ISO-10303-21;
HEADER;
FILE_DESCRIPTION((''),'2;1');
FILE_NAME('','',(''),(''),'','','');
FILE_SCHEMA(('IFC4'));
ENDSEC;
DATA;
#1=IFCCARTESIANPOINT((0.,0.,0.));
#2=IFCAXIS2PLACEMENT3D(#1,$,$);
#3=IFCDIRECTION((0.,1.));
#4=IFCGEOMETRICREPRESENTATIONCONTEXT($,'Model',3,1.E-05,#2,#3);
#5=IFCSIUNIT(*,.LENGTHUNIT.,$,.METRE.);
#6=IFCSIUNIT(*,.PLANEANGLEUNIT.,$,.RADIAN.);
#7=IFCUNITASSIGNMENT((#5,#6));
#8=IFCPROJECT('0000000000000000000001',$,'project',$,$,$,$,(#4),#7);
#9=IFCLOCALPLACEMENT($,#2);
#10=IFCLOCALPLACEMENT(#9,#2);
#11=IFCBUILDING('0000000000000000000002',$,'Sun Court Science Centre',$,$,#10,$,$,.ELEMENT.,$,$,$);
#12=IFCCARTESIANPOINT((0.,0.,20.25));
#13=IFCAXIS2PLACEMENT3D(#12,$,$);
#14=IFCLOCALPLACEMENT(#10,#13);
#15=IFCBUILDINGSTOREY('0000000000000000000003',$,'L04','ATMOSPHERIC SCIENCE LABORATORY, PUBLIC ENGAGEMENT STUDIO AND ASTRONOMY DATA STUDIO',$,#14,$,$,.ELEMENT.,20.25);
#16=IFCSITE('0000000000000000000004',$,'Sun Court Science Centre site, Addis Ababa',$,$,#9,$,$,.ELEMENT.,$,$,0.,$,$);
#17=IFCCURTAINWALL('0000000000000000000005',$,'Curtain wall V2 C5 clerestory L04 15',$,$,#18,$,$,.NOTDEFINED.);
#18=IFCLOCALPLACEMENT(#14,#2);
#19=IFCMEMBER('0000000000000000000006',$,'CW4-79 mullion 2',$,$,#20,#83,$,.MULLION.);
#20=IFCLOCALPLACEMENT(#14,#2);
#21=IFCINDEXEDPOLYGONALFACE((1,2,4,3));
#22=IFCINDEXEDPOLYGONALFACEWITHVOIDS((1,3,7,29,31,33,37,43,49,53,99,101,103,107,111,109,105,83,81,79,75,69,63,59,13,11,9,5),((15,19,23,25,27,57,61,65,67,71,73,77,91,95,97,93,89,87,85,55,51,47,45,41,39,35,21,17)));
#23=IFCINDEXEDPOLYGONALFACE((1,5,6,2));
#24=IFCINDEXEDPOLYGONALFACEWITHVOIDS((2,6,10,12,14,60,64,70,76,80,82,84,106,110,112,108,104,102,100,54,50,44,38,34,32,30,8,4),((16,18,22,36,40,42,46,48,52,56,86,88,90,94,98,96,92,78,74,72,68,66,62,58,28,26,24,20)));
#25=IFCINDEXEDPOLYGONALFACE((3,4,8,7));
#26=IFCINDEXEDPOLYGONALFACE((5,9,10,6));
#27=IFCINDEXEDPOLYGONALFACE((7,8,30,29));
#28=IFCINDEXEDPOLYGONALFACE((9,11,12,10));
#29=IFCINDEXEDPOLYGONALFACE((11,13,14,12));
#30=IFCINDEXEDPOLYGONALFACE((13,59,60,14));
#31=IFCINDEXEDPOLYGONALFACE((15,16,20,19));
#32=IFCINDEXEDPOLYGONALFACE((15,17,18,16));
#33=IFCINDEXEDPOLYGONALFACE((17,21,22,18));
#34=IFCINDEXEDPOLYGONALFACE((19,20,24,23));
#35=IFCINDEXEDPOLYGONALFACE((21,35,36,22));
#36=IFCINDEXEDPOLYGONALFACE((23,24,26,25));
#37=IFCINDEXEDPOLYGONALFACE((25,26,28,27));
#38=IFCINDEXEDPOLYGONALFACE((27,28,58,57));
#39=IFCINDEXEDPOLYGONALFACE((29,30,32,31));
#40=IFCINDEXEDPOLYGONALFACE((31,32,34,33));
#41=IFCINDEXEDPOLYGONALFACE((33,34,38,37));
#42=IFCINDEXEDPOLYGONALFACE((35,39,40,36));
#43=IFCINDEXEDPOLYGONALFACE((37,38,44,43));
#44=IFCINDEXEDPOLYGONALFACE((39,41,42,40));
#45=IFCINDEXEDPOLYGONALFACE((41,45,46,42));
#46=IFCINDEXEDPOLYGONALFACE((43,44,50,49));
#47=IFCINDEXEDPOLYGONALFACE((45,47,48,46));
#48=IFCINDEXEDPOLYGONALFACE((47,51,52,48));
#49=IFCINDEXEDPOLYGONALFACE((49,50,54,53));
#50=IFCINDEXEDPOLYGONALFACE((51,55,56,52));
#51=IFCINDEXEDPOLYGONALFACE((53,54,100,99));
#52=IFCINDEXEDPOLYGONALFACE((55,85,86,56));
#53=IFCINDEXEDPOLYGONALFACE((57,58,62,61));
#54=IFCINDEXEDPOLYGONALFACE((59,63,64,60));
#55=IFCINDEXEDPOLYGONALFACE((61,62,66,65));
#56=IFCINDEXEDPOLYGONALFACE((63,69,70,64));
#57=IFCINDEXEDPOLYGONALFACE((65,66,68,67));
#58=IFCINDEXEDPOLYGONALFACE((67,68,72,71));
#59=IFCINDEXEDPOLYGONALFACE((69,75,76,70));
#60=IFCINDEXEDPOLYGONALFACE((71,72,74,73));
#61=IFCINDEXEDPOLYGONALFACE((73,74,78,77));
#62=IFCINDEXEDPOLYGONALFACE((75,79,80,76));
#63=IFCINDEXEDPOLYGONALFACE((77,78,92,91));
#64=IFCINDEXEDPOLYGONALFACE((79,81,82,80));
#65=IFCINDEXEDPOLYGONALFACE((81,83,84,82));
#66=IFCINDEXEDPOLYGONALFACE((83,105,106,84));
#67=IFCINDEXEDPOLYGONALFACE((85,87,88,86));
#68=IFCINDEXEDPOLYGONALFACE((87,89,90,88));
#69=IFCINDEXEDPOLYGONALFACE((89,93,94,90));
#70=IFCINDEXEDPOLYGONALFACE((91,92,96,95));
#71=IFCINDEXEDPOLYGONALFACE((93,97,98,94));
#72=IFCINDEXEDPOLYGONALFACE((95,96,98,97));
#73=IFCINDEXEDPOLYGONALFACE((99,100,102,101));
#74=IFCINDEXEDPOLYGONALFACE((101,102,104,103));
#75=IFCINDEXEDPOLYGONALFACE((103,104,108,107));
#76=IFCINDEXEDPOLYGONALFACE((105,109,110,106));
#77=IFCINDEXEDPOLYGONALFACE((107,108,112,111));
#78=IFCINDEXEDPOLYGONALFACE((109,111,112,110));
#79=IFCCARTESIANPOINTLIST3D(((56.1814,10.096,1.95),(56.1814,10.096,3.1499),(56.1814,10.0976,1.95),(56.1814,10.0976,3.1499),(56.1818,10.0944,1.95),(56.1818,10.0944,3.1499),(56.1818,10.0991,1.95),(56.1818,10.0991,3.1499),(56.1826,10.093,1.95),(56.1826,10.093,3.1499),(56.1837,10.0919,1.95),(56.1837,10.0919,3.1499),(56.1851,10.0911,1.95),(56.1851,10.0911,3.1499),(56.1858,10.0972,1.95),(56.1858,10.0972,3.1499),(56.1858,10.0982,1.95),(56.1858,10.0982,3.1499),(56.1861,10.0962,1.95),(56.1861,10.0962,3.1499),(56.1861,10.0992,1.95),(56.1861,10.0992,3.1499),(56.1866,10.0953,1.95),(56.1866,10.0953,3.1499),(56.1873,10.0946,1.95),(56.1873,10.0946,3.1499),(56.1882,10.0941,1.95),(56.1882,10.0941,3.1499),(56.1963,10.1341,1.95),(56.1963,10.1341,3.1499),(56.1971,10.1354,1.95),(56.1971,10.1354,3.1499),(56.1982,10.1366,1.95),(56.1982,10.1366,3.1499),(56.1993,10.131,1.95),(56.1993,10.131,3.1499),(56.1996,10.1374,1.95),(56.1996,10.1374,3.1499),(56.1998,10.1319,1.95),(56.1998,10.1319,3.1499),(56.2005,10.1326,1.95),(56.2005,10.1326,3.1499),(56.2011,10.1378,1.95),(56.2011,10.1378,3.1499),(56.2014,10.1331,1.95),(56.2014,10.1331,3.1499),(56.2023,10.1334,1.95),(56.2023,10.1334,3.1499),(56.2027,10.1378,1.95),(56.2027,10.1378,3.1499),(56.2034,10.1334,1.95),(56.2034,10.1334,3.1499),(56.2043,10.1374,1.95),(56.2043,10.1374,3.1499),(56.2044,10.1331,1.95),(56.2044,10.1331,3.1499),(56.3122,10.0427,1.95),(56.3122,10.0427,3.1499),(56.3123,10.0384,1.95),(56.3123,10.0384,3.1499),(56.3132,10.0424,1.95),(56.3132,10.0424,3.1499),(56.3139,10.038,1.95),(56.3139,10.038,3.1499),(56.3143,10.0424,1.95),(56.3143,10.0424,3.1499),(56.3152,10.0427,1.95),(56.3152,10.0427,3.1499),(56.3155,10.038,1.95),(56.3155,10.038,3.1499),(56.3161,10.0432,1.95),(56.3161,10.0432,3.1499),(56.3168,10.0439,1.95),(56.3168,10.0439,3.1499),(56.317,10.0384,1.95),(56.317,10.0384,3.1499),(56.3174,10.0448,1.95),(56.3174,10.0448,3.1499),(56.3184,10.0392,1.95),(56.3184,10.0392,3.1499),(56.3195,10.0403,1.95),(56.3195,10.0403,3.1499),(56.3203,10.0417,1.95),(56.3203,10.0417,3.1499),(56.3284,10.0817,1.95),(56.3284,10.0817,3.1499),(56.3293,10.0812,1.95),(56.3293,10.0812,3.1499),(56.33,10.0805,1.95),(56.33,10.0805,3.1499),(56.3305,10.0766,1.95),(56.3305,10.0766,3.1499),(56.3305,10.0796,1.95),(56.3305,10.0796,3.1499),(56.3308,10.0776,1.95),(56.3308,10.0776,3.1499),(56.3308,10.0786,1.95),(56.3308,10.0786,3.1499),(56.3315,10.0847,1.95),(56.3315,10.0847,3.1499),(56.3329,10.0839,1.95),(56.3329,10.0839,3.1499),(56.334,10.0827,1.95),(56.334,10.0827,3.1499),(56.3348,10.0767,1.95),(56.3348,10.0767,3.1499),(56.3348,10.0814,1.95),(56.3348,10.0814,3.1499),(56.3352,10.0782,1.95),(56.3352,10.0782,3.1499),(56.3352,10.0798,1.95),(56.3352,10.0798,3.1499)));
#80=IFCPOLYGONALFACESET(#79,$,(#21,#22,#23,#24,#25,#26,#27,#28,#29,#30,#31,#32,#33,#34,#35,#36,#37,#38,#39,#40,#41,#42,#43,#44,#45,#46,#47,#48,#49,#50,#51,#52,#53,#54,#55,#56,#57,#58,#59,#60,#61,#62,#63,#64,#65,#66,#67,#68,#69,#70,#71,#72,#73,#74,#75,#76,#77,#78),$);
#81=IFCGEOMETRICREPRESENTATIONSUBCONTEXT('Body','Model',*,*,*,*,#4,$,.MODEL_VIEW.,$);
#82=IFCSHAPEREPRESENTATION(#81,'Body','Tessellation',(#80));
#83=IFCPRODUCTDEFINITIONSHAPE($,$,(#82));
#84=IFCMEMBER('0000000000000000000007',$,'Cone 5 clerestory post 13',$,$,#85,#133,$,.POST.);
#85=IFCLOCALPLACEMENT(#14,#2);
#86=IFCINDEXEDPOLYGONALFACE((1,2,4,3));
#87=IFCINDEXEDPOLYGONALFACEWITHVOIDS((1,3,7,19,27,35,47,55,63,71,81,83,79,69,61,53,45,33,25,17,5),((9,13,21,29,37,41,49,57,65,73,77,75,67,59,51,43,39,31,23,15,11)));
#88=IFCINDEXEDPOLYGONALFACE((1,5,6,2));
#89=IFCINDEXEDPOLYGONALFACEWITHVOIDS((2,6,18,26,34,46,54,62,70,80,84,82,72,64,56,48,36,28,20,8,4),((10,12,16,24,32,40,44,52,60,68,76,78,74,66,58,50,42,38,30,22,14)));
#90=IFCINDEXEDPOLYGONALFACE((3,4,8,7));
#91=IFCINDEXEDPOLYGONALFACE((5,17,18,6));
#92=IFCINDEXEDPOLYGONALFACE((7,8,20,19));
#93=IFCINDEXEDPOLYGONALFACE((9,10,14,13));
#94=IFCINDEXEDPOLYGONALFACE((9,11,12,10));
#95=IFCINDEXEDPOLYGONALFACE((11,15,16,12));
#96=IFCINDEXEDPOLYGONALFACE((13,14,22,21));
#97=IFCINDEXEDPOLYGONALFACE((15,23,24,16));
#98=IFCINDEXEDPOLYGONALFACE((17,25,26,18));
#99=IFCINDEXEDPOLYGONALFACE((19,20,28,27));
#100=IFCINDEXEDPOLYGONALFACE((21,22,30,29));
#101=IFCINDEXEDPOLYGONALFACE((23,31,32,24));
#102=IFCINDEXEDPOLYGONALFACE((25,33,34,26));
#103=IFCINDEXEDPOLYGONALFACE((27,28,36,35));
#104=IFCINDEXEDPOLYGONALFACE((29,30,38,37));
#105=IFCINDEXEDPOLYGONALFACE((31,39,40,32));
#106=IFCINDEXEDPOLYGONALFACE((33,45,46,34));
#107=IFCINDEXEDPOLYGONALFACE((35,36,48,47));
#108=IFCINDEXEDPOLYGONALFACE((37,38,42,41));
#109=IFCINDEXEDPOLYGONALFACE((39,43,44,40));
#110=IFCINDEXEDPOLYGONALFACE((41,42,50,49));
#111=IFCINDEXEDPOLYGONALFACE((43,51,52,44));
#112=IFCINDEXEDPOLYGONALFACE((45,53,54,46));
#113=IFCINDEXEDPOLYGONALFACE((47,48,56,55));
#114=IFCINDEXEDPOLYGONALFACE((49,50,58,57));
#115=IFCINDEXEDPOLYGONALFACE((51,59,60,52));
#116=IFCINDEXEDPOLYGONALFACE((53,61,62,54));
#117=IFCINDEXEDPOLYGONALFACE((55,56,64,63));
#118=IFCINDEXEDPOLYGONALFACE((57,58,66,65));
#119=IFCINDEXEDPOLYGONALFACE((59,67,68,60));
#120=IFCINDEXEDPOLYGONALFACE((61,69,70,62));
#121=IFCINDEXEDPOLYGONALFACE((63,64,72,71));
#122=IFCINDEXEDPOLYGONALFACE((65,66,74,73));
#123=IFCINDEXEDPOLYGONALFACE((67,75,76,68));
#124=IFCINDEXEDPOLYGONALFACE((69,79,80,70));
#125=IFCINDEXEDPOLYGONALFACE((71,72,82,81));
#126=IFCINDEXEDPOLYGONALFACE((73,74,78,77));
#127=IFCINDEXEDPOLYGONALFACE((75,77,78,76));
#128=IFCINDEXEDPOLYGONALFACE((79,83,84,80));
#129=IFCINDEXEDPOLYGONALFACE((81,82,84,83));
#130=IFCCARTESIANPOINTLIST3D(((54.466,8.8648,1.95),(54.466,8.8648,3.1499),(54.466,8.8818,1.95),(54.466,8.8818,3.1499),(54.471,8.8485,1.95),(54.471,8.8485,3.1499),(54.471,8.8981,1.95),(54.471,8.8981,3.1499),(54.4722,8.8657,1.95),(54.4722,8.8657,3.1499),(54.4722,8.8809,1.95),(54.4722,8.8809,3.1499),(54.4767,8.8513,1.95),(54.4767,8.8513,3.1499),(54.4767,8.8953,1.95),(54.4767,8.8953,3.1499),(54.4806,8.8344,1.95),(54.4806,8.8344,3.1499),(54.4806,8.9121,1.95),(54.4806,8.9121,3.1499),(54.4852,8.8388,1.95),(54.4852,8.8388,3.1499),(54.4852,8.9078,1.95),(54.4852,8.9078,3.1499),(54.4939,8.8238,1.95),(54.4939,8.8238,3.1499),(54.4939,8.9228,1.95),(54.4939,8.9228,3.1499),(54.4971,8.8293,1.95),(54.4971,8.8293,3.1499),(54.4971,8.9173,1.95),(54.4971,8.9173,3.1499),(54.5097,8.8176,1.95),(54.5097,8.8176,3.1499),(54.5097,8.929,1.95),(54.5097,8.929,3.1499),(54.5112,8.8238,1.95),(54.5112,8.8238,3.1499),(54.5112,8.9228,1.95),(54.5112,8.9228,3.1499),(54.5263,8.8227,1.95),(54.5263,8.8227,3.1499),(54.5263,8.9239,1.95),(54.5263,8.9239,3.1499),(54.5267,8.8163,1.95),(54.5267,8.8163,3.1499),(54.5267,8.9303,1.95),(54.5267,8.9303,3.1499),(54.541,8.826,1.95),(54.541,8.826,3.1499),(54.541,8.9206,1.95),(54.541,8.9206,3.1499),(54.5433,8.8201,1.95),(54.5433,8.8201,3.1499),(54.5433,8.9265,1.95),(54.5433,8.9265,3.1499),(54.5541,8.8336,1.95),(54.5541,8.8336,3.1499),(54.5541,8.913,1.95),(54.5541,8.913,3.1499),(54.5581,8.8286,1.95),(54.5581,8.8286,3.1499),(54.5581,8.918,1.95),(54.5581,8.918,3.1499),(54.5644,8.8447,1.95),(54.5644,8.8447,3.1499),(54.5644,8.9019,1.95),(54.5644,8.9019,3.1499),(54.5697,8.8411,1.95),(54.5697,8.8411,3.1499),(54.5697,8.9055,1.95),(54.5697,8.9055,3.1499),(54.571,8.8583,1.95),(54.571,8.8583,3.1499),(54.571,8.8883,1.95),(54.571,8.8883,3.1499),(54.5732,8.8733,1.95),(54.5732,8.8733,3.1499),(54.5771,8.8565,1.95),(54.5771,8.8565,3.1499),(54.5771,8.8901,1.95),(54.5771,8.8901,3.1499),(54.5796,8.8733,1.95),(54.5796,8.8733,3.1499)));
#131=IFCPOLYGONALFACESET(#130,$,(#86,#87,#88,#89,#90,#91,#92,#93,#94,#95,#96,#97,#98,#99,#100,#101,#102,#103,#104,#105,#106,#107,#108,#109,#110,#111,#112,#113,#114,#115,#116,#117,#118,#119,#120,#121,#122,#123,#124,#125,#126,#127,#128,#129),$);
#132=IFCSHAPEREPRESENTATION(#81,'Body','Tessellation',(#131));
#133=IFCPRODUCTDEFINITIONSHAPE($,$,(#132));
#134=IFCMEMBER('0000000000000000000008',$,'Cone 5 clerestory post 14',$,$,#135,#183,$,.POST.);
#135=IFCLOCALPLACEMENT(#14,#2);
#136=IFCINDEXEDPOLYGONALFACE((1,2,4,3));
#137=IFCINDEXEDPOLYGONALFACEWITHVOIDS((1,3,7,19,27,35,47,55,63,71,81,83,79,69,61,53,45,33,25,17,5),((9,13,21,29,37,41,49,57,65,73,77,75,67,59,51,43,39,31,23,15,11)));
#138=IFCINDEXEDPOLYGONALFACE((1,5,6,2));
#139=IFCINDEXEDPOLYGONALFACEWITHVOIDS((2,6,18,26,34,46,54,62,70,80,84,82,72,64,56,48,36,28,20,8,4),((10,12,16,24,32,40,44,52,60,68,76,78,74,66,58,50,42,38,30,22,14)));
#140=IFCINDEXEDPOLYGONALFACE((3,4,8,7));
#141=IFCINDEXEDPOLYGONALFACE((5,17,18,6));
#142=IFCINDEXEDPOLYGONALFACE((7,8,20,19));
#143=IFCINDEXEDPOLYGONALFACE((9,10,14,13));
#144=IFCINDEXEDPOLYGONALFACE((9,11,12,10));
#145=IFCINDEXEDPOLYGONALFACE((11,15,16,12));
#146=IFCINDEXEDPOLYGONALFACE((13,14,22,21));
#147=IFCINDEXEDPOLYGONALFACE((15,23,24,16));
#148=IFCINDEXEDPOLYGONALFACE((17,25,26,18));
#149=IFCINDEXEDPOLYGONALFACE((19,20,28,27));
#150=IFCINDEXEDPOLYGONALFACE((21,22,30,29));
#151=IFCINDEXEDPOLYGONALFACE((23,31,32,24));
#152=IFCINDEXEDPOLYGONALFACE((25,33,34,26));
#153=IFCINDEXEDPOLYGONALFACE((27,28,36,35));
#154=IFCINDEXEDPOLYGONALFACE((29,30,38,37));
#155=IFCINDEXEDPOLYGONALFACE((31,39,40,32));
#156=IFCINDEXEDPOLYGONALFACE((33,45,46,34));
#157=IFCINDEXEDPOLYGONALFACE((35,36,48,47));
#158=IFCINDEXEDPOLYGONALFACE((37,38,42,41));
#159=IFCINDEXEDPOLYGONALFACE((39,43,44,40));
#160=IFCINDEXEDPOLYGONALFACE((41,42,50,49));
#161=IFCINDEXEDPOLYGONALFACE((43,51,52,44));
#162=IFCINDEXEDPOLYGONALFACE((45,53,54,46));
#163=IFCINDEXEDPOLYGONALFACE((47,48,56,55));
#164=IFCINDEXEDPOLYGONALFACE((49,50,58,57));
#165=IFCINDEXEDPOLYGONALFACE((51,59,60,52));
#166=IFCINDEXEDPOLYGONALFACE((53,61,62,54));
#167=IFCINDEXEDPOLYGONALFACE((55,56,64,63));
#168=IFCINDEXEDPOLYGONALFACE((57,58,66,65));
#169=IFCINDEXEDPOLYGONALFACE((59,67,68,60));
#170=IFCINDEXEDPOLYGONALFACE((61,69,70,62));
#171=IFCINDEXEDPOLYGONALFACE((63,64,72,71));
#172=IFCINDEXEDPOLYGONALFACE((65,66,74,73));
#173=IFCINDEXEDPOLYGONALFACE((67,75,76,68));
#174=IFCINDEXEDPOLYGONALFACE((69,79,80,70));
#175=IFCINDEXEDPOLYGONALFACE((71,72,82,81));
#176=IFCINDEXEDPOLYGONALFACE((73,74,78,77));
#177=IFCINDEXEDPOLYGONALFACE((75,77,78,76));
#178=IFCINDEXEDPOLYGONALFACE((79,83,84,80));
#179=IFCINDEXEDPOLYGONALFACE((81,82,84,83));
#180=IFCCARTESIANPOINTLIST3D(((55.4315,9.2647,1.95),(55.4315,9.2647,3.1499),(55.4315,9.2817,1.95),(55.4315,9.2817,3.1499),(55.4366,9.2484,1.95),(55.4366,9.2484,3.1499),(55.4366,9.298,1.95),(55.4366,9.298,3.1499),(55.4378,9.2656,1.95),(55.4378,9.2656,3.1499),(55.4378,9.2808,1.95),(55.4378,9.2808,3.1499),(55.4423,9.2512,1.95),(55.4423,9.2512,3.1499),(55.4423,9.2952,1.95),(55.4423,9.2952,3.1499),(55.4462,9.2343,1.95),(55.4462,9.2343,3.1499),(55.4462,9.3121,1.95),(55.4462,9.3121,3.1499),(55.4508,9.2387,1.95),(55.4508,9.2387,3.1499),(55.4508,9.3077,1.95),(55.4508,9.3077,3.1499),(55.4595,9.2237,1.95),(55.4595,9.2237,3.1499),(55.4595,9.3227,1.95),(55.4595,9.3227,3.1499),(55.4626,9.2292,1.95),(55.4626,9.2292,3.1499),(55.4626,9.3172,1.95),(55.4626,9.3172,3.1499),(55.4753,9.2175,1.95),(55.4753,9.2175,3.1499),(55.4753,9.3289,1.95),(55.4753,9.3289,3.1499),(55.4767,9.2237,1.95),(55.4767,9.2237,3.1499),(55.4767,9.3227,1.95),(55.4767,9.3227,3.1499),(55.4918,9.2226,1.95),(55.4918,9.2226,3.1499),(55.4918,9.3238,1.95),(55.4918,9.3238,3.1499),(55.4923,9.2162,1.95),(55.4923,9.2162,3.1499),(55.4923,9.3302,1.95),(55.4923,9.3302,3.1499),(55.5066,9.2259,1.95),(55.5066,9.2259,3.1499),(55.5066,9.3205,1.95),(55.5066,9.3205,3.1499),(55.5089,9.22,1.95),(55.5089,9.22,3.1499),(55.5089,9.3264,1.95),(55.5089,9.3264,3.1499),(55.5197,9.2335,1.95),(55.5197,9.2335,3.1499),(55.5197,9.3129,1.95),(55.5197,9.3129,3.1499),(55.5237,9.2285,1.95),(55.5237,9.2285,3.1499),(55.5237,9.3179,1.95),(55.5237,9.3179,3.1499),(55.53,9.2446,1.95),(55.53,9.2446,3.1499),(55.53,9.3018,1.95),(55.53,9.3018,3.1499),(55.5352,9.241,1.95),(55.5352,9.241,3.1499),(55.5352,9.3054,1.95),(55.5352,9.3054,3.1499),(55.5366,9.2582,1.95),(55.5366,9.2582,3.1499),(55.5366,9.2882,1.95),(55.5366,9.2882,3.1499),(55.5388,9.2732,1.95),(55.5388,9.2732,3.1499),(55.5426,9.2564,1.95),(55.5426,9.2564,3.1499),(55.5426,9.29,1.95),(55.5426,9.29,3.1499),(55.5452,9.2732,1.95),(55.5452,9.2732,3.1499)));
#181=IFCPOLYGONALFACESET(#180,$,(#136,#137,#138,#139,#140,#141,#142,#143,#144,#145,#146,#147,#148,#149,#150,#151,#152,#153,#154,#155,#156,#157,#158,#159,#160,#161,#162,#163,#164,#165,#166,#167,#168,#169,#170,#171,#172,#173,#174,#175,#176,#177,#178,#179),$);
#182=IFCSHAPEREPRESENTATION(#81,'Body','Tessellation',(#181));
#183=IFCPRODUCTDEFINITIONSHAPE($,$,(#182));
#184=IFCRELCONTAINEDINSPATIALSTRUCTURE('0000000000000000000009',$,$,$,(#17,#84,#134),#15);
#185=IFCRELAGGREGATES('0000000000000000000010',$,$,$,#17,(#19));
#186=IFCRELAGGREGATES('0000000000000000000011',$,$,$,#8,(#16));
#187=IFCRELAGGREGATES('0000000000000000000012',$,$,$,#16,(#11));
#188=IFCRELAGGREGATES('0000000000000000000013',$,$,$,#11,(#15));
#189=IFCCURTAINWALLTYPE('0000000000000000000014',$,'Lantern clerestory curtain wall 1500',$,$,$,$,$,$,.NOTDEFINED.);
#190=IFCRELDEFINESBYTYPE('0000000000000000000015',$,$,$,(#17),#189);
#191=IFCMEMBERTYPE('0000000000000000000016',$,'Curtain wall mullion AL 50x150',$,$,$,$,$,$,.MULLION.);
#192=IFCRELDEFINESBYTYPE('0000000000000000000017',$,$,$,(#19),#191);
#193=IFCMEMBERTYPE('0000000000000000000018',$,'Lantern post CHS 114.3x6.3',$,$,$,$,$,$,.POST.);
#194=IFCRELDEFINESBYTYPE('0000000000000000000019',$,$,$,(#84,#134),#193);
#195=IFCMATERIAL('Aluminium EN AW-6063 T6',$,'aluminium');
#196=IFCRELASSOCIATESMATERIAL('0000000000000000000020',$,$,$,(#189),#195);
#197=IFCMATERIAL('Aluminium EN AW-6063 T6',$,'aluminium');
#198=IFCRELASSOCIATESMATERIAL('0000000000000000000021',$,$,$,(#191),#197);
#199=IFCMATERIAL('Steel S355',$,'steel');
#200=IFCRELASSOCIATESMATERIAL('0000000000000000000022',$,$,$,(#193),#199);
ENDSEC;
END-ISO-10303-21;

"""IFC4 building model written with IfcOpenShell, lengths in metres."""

from ifc_helpers import new_model, si_unit, direction, frame, origin, origin_2d, place, context, subcontext, project, spatial, hollow_rectangle, hollow_circle, extrude, material, material_profile, profile_set, type_object, element, aggregate, save


model = new_model("IFC4")

# Units and contexts
model_context = context("Model", 3, precision=1e-05, world=origin(), true_north=direction((0.0, 1.0)))
body_context = subcontext(model_context, "Body", "Model", "MODEL_VIEW")
ifc_project = project(units=[si_unit("LENGTHUNIT", "METRE"), si_unit("PLANEANGLEUNIT", "RADIAN")], contexts=[model_context])

# Site, building, storey
site_placement = place(None, origin())
site = spatial("IfcSite", under=ifc_project, at=site_placement, Name="Sun Court Science Centre site, Addis Ababa", CompositionType="ELEMENT", RefElevation=0.0)
building_placement = place(site_placement, origin())
building = spatial("IfcBuilding", under=site, at=building_placement, Name="Sun Court Science Centre", CompositionType="ELEMENT")
storey_placement = place(building_placement, frame((0.0, 0.0, 20.25)))
storey = spatial("IfcBuildingStorey", under=building, at=storey_placement, Name="L04", Description="ATMOSPHERIC SCIENCE LABORATORY, PUBLIC ENGAGEMENT STUDIO AND ASTRONOMY DATA STUDIO", CompositionType="ELEMENT", Elevation=20.25)

# Shared definitions
ifc_material_1 = material(Name="Aluminium EN AW-6063 T6", Category="aluminium")
curtain_wall_type = type_object("IfcCurtainWallType", Name="Lantern clerestory curtain wall 1500", PredefinedType="NOTDEFINED", material=ifc_material_1)
ifc_material_2 = material(Name="Aluminium EN AW-6063 T6", Category="aluminium")
ifc_material_profile_1 = material_profile(ifc_material_2, hollow_rectangle(XDim=0.05, YDim=0.1499, WallThickness=0.0039, InnerFilletRadius=0.0039, OuterFilletRadius=0.0061, at=origin_2d()), Name="AL 50x150x4")
ifc_profile_set_1 = profile_set([ifc_material_profile_1], Name="Aluminium EN AW-6063 T6")
member_type_1 = type_object("IfcMemberType", Name="Curtain wall mullion AL 50x150", PredefinedType="MULLION", material=ifc_profile_set_1)

# Curtain wall, member
curtain_wall_1_placement = place(storey_placement, origin())
curtain_wall_1 = element("IfcCurtainWall", 1, at=curtain_wall_1_placement, inside=storey, type_object=curtain_wall_type, Name="Curtain wall V2 C5 clerestory L04 15", PredefinedType="NOTDEFINED")
member_1_placement = place(storey_placement, frame((56.2583, 10.0879, 1.95), z_axis=(0.0, 0.0, 1.0), x_axis=(-0.382683, -0.92388, 0.0)))
member_1 = element("IfcMember", 2, at=member_1_placement, type_object=member_type_1, Name="CW4-79 mullion 2", PredefinedType="MULLION", context=body_context, shape_type="SweptSolid", body=[
    extrude(hollow_rectangle(XDim=0.05, YDim=0.1499, WallThickness=0.0039, InnerFilletRadius=0.0039, OuterFilletRadius=0.0061, at=origin_2d()), origin(), (0.0, 0.0, 1.0), 1.2),
])
aggregate(curtain_wall_1, [member_1])

# Members
ifc_material_3 = material(Name="Steel S355", Category="steel")
ifc_material_profile_2 = material_profile(ifc_material_3, hollow_circle(Radius=0.0571, WallThickness=0.0063, at=origin_2d()), Name="CHS 114.3x6.3")
ifc_profile_set_2 = profile_set([ifc_material_profile_2], Name="Steel S355")
member_type_2 = type_object("IfcMemberType", Name="Lantern post CHS 114.3x6.3", PredefinedType="POST", material=ifc_profile_set_2)
for number, where, z_axis, x_axis, name in (
    (3, (54.5225, 8.8733, 1.95), (0.0, 0.0, 1.0), (1.0, 0.0, 0.0), "Cone 5 clerestory post 13"),
    (4, (55.488, 9.2732, 1.95), (0.0, 0.0, 1.0), (1.0, 0.0, 0.0), "Cone 5 clerestory post 14"),
):
    element("IfcMember", number, at=place(storey_placement, frame(where, z_axis=z_axis, x_axis=x_axis)), inside=storey, type_object=member_type_2, Name=name, PredefinedType="POST", context=body_context, shape_type="SweptSolid", body=[
        extrude(hollow_circle(Radius=0.0571, WallThickness=0.0063, at=origin_2d()), origin(), (0.0, 0.0, 1.0), 1.2),
    ])

save(model, "model.ifc")
